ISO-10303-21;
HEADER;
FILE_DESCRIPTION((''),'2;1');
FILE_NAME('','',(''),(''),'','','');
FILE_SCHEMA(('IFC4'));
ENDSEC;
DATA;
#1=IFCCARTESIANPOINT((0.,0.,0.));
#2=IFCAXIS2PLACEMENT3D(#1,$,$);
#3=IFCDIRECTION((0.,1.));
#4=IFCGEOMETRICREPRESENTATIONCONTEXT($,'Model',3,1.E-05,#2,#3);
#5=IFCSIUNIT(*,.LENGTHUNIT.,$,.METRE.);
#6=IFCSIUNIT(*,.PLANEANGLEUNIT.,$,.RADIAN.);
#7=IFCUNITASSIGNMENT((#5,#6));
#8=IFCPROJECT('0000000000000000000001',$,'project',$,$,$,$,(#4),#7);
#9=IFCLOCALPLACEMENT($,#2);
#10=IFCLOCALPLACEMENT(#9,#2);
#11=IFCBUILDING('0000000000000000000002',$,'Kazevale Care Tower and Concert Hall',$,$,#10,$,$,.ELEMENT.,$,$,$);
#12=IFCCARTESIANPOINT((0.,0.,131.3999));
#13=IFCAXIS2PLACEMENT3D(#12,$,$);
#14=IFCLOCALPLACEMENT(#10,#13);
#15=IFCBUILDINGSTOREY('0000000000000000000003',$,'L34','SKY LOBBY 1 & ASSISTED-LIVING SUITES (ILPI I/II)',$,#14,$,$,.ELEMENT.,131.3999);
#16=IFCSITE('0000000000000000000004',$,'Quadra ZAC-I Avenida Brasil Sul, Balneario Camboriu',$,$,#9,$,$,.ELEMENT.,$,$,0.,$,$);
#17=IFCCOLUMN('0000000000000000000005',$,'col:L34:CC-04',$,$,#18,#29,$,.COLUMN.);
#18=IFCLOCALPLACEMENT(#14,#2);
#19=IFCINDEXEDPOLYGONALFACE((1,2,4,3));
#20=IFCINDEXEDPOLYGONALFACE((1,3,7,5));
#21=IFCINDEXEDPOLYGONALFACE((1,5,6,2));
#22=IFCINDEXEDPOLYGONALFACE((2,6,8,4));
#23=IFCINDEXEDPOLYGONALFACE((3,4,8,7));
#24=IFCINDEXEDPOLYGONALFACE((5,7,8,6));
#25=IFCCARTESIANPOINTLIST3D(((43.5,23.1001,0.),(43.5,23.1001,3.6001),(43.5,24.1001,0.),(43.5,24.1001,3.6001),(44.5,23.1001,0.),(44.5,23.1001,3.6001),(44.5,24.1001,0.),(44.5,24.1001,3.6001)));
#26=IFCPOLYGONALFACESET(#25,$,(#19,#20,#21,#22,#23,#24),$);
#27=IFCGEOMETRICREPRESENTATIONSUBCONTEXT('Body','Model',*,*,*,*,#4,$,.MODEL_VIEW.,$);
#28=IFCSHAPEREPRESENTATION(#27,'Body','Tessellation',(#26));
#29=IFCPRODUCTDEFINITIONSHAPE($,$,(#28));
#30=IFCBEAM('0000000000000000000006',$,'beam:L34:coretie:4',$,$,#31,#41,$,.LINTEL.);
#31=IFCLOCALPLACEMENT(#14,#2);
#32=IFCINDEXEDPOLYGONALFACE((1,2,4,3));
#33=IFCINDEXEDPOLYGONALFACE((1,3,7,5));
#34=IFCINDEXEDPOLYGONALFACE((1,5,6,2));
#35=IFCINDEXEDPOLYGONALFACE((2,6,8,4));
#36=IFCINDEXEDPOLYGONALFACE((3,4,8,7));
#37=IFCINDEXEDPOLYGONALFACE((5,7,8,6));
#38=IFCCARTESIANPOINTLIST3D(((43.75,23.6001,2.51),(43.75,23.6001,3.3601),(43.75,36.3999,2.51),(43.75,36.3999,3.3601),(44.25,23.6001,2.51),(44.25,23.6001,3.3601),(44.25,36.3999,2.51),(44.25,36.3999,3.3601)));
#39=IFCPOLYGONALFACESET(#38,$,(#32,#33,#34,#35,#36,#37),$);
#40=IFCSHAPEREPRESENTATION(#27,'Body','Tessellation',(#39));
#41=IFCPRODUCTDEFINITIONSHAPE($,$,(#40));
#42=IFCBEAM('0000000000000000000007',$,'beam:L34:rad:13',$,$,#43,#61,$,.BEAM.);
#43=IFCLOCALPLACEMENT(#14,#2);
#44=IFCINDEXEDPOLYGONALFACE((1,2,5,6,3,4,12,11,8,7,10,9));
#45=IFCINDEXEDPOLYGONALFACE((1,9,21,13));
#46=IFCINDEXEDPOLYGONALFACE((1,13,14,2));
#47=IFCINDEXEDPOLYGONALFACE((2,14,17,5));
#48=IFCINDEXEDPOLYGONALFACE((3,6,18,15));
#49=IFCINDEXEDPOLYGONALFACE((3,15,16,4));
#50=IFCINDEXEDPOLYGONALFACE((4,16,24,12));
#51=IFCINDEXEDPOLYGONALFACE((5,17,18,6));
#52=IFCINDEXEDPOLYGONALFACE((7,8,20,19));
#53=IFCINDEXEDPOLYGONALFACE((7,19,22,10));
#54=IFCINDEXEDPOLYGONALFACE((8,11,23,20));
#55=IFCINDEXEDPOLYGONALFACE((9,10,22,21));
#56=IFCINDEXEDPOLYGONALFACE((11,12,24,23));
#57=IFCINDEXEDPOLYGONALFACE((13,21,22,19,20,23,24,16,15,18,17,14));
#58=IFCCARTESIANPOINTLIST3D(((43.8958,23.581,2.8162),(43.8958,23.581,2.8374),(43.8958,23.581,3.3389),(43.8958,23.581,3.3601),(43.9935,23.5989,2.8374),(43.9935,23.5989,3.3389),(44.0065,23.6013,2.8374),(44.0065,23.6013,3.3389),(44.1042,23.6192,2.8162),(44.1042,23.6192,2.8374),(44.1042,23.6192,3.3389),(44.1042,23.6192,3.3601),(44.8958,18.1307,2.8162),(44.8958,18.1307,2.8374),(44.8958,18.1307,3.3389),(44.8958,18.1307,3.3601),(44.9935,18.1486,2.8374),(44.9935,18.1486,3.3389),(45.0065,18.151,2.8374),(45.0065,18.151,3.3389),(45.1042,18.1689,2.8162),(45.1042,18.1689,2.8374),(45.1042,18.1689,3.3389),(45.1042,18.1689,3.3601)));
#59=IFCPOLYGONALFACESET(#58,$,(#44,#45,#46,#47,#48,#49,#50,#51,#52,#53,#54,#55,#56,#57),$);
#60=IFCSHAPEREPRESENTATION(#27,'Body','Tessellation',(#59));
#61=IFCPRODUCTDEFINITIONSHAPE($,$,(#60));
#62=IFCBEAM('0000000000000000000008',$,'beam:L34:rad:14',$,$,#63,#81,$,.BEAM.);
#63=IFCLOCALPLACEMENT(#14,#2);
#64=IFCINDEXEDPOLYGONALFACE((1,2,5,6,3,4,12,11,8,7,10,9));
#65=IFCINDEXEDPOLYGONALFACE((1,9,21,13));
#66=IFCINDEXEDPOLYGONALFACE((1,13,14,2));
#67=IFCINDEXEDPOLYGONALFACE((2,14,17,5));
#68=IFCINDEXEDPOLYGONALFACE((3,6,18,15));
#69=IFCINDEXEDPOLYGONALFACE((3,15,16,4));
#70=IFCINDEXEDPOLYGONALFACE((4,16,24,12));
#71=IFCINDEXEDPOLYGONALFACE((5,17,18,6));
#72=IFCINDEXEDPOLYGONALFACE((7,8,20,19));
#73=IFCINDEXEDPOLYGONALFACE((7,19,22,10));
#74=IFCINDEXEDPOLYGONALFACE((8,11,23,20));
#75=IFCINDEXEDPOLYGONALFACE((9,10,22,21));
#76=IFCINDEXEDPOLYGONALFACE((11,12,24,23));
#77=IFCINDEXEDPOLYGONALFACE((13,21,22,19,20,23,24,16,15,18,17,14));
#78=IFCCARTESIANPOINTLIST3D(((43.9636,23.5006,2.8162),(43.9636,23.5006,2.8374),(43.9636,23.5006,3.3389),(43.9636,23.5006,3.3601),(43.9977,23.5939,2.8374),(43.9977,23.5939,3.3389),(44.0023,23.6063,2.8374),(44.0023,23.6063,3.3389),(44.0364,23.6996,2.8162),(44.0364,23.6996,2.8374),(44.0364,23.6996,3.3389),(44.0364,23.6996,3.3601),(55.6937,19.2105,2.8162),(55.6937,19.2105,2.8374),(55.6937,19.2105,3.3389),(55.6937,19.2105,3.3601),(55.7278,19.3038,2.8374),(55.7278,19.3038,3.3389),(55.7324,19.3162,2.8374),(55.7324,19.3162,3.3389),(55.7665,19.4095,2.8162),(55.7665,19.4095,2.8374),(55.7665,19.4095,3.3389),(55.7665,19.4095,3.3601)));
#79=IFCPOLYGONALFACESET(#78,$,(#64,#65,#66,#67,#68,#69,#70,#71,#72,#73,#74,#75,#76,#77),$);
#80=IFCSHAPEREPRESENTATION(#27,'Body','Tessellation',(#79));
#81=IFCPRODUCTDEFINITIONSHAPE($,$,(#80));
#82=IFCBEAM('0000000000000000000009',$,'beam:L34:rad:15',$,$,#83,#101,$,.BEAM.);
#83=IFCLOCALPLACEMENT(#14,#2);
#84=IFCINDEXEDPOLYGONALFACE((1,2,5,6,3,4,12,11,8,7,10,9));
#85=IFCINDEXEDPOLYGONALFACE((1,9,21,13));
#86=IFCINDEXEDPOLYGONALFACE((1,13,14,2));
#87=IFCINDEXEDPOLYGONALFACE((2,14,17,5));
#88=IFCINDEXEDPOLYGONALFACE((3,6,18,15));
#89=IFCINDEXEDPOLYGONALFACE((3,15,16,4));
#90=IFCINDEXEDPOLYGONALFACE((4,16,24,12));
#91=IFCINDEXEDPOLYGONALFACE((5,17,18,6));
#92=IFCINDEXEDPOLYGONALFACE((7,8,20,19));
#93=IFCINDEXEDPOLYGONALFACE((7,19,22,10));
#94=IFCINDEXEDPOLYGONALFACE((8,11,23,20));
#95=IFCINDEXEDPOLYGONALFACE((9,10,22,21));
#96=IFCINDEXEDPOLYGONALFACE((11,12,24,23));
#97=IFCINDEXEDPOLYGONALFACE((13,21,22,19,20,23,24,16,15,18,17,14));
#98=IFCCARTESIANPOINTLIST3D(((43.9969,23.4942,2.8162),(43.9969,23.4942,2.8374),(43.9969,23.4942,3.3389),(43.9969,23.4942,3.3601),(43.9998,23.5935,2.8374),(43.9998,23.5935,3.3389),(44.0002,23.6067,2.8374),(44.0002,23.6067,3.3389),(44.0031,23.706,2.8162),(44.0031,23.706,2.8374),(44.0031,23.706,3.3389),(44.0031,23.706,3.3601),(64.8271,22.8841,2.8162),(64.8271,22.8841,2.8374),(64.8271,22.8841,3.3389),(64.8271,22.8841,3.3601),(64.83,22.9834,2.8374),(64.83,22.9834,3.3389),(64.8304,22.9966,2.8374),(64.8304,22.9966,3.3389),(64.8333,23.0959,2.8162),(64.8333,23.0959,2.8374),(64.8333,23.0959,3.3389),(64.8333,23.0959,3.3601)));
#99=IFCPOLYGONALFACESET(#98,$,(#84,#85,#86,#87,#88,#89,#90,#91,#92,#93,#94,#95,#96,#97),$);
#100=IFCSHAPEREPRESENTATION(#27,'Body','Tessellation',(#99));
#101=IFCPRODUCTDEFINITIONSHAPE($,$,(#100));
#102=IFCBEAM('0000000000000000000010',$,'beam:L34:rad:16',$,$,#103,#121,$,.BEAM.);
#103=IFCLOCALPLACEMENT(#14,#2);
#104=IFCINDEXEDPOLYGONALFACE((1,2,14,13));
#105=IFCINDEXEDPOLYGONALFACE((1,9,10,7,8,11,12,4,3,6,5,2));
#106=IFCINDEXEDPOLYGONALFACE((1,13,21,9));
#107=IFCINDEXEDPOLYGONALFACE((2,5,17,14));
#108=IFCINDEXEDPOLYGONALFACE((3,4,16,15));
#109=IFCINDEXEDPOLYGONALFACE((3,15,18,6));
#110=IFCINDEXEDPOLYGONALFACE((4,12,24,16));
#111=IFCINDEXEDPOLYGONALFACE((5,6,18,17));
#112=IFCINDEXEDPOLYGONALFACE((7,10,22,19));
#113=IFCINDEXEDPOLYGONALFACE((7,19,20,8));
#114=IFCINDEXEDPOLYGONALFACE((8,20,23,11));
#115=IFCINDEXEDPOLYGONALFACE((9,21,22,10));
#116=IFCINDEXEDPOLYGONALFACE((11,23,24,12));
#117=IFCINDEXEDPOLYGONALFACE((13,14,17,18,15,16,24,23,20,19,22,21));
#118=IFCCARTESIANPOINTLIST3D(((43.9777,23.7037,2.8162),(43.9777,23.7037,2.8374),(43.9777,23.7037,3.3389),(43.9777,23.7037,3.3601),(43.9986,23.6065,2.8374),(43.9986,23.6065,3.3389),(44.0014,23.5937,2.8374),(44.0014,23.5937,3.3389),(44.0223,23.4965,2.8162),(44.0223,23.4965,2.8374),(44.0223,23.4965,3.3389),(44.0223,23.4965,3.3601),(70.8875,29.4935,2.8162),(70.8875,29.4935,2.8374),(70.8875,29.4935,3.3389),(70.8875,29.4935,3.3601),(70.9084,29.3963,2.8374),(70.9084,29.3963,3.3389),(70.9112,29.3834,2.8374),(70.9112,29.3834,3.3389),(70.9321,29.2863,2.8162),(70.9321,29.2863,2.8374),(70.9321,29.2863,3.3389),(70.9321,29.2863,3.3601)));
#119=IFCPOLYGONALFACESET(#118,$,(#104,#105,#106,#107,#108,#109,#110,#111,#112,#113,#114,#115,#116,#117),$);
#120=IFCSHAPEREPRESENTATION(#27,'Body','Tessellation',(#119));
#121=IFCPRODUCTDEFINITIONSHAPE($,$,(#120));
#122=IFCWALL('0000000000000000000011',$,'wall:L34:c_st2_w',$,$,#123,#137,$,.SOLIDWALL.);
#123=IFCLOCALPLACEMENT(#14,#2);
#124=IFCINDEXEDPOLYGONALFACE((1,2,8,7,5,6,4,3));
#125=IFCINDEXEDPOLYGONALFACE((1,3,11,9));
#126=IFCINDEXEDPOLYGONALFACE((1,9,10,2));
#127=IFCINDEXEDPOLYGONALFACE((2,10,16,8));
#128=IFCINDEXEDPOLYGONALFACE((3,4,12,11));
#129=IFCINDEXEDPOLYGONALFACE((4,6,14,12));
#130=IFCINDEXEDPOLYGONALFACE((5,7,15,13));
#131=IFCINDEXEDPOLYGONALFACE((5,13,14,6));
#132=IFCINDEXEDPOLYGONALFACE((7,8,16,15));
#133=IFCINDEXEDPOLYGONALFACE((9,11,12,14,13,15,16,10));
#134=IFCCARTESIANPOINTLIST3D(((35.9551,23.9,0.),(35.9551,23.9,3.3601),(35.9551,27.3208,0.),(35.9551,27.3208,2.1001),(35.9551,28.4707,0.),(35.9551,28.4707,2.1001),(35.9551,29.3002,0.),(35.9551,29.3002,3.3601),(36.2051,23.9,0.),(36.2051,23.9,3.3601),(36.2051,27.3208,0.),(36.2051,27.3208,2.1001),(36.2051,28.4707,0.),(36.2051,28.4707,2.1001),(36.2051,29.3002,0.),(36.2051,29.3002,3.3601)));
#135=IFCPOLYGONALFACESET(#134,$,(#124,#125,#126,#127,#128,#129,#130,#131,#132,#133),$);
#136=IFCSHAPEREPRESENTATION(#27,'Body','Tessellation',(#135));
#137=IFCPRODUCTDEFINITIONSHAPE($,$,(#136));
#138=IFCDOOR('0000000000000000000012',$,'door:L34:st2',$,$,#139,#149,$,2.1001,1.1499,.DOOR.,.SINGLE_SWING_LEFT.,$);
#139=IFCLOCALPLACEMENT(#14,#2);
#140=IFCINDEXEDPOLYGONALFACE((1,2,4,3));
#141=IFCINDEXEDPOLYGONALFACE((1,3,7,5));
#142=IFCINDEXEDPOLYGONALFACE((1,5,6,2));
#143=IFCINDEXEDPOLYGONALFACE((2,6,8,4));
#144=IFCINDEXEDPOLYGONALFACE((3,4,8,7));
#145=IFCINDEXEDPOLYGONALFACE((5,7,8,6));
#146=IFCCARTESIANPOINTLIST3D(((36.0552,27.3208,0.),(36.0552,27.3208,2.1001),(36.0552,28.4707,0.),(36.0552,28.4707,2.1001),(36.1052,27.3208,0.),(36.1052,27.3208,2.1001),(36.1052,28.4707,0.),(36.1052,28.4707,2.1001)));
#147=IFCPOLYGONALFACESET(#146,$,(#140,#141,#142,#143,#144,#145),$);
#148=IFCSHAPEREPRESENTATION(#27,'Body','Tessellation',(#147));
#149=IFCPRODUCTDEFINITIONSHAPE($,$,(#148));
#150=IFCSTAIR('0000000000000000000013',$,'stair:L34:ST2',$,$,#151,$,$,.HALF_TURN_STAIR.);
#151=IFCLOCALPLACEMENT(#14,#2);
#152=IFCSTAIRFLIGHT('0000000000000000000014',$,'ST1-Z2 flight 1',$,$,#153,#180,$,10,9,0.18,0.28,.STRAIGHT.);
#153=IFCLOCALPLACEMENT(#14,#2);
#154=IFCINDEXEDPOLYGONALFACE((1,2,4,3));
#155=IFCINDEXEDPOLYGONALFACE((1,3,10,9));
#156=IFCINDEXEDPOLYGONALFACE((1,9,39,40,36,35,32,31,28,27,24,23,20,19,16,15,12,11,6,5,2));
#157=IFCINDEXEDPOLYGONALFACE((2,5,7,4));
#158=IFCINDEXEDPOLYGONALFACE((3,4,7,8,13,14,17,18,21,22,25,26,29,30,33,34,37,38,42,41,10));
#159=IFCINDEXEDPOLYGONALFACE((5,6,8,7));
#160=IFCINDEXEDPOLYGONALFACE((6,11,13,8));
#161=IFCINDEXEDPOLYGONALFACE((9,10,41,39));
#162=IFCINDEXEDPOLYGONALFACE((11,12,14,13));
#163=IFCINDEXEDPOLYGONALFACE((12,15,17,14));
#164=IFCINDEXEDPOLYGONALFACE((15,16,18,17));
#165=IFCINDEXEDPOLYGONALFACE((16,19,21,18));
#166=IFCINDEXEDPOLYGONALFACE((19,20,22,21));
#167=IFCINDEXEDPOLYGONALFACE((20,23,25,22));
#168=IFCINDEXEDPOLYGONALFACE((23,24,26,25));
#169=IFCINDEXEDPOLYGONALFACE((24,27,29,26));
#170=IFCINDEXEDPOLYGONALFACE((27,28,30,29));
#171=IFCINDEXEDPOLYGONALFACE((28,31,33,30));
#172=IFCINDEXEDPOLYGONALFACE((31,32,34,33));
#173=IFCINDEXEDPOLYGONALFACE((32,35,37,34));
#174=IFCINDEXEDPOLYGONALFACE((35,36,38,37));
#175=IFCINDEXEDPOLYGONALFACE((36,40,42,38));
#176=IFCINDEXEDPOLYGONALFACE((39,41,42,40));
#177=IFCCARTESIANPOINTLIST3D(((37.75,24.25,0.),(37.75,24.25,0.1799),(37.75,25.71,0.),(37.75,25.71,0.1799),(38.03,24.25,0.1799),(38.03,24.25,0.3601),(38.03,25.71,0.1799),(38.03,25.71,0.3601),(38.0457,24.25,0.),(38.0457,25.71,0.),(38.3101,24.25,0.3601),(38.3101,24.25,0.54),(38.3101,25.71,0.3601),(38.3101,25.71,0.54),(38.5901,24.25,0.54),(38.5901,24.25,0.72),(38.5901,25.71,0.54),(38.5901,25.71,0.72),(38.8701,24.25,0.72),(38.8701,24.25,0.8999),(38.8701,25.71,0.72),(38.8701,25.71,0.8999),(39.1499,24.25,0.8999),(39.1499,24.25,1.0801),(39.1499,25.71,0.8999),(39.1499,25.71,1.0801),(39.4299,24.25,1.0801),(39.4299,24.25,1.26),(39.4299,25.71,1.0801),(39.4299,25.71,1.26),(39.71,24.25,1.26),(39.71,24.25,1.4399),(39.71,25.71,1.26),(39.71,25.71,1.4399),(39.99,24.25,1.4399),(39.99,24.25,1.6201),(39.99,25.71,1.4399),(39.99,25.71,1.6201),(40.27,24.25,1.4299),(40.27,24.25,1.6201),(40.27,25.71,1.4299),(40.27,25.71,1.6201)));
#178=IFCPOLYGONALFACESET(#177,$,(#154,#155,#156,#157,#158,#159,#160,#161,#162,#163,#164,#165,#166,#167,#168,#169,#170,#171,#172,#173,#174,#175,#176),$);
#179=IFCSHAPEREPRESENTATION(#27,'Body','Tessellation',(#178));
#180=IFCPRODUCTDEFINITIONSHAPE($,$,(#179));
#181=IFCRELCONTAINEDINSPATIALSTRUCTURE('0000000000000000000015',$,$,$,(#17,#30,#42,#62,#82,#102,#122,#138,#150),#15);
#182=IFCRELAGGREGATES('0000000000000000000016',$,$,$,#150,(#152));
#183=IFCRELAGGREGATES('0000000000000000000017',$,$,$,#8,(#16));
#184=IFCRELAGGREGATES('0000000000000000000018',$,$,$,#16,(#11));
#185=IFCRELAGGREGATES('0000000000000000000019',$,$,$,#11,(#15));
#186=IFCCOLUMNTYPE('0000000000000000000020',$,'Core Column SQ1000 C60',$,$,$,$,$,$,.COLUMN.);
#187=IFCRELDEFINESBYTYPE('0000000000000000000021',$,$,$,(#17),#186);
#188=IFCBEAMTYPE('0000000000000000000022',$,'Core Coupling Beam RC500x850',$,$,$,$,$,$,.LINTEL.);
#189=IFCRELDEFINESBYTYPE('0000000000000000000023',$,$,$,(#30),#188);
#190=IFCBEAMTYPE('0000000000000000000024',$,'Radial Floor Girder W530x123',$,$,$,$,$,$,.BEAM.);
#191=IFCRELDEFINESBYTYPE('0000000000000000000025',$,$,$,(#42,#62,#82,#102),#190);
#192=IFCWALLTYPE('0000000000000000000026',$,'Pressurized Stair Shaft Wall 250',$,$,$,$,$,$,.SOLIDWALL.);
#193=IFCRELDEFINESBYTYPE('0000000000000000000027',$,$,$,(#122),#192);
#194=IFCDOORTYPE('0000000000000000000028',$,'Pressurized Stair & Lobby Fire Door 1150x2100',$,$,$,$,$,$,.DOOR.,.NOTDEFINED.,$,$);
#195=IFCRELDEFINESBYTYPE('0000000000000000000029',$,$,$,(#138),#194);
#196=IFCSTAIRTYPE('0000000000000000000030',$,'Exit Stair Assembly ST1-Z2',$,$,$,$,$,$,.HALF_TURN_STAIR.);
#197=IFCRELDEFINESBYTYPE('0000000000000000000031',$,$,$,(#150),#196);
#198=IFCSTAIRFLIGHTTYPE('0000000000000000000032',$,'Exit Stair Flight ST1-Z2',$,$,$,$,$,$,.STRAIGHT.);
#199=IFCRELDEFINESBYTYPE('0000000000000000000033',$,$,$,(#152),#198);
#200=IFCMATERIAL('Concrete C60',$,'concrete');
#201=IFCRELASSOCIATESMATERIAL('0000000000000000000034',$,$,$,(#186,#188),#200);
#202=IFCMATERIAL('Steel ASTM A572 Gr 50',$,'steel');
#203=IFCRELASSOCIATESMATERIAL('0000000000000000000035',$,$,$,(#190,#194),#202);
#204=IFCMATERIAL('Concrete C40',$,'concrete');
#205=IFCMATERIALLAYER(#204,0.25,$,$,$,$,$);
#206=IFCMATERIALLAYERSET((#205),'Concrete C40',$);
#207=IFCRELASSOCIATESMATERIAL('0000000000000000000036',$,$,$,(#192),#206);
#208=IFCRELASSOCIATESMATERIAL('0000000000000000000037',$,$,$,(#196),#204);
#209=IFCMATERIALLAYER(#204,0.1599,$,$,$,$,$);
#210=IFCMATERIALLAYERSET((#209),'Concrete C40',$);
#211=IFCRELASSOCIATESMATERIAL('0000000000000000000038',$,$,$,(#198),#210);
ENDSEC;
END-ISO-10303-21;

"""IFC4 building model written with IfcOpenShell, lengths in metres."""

from ifc_helpers import new_model, si_unit, direction, frame, frame_2d, origin, origin_2d, place, context, subcontext, project, spatial, polyline, rectangle, i_section, outline, extrude, material, layer, layer_set, material_profile, profile_set, type_object, element, fill, aggregate, save


model = new_model("IFC4")

# Units and contexts
model_context = context("Model", 3, precision=1e-05, world=origin(), true_north=direction((0.0, 1.0)))
body_context = subcontext(model_context, "Body", "Model", "MODEL_VIEW")
ifc_project = project(units=[si_unit("LENGTHUNIT", "METRE"), si_unit("PLANEANGLEUNIT", "RADIAN")], contexts=[model_context])

# Site, building, storey
site_placement = place(None, origin())
site = spatial("IfcSite", under=ifc_project, at=site_placement, Name="Quadra ZAC-I Avenida Brasil Sul, Balneario Camboriu", CompositionType="ELEMENT", RefElevation=0.0)
building_placement = place(site_placement, origin())
building = spatial("IfcBuilding", under=site, at=building_placement, Name="Kazevale Care Tower and Concert Hall", CompositionType="ELEMENT")
storey_placement = place(building_placement, frame((0.0, 0.0, 131.3999)))
storey = spatial("IfcBuildingStorey", under=building, at=storey_placement, Name="L34", Description="SKY LOBBY 1 & ASSISTED-LIVING SUITES (ILPI I/II)", CompositionType="ELEMENT", Elevation=131.3999)

# Column
ifc_material_1 = material(Name="Concrete C60", Category="concrete")
ifc_material_profile_1 = material_profile(ifc_material_1, rectangle(XDim=1.0, YDim=1.0, at=origin_2d()), Name="RC-SQ1000")
ifc_profile_set_1 = profile_set([ifc_material_profile_1], Name="Concrete C60")
column_type = type_object("IfcColumnType", Name="Core Column SQ1000 C60", PredefinedType="COLUMN", material=ifc_profile_set_1)
column_placement = place(storey_placement, frame((44.0, 23.6001, 0.0), z_axis=(0.0, 0.0, 1.0), x_axis=(1.0, 0.0, 0.0)))
element("IfcColumn", 1, at=column_placement, inside=storey, type_object=column_type, Name="col:L34:CC-04", PredefinedType="COLUMN", context=body_context, shape_type="SweptSolid", body=[
    extrude(rectangle(XDim=1.0, YDim=1.0, at=origin_2d()), origin(), (0.0, 0.0, 1.0), 3.6001),
])

# Beams
ifc_material_profile_2 = material_profile(ifc_material_1, rectangle(XDim=0.5, YDim=0.8501, at=origin_2d()), Name="RC-B500x850")
ifc_profile_set_2 = profile_set([ifc_material_profile_2], Name="Concrete C60")
beam_type_1 = type_object("IfcBeamType", Name="Core Coupling Beam RC500x850", PredefinedType="LINTEL", material=ifc_profile_set_2)
beam_1_placement = place(storey_placement, frame((44.0, 23.6001, 2.9351), z_axis=(0.0, 1.0, 0.0), x_axis=(-1.0, 0.0, 0.0)))
element("IfcBeam", 2, at=beam_1_placement, inside=storey, type_object=beam_type_1, Name="beam:L34:coretie:4", PredefinedType="LINTEL", context=body_context, shape_type="SweptSolid", body=[
    extrude(rectangle(XDim=0.5, YDim=0.8501, at=origin_2d()), origin(), (0.0, 0.0, 1.0), 12.7998),
])
ifc_material_2 = material(Name="Steel ASTM A572 Gr 50", Category="steel")
ifc_material_profile_3 = material_profile(ifc_material_2, i_section(OverallWidth=0.2119, OverallDepth=0.5439, WebThickness=0.0132, FlangeThickness=0.0212, at=origin_2d()), Name="W530x123")
ifc_profile_set_3 = profile_set([ifc_material_profile_3], Name="Steel ASTM A572 Gr 50")
beam_type_2 = type_object("IfcBeamType", Name="Radial Floor Girder W530x123", PredefinedType="BEAM", material=ifc_profile_set_3)
beam_2_placement = place(storey_placement, frame((44.0, 23.6001, 3.0881), z_axis=(0.180467, -0.983581, 0.0), x_axis=(0.983581, 0.180467, 0.0)))
element("IfcBeam", 3, at=beam_2_placement, inside=storey, type_object=beam_type_2, Name="beam:L34:rad:13", PredefinedType="BEAM", context=body_context, shape_type="SweptSolid", body=[
    extrude(i_section(OverallWidth=0.2119, OverallDepth=0.5439, WebThickness=0.0132, FlangeThickness=0.0212, at=origin_2d()), origin(), (0.0, 0.0, 1.0), 5.5413),
])
beam_3_placement = place(storey_placement, frame((44.0, 23.6001, 3.0881), z_axis=(0.939159, -0.343481, 0.0), x_axis=(0.343481, 0.939159, 0.0)))
element("IfcBeam", 4, at=beam_3_placement, inside=storey, type_object=beam_type_2, Name="beam:L34:rad:14", PredefinedType="BEAM", context=body_context, shape_type="SweptSolid", body=[
    extrude(i_section(OverallWidth=0.2119, OverallDepth=0.5439, WebThickness=0.0132, FlangeThickness=0.0212, at=origin_2d()), origin(), (0.0, 0.0, 1.0), 12.49),
])
beam_4_placement = place(storey_placement, frame((44.0, 23.6001, 3.0881), z_axis=(0.999571, -0.029277, 0.0), x_axis=(0.029277, 0.999571, 0.0)))
element("IfcBeam", 5, at=beam_4_placement, inside=storey, type_object=beam_type_2, Name="beam:L34:rad:15", PredefinedType="BEAM", context=body_context, shape_type="SweptSolid", body=[
    extrude(i_section(OverallWidth=0.2119, OverallDepth=0.5439, WebThickness=0.0132, FlangeThickness=0.0212, at=origin_2d()), origin(), (0.0, 0.0, 1.0), 20.8391),
])
beam_5_placement = place(storey_placement, frame((44.0, 23.6001, 3.0881), z_axis=(0.977628, 0.210341, 0.0), x_axis=(-0.210341, 0.977628, 0.0)))
element("IfcBeam", 6, at=beam_5_placement, inside=storey, type_object=beam_type_2, Name="beam:L34:rad:16", PredefinedType="BEAM", context=body_context, shape_type="SweptSolid", body=[
    extrude(i_section(OverallWidth=0.2119, OverallDepth=0.5439, WebThickness=0.0132, FlangeThickness=0.0212, at=origin_2d()), origin(), (0.0, 0.0, 1.0), 27.5256),
])

# Wall, opening, door
ifc_material_3 = material(Name="Concrete C40", Category="concrete")
ifc_layer_1 = layer(ifc_material_3, 0.25)
ifc_layer_set_1 = layer_set([ifc_layer_1], Name="Concrete C40")
wall_type_1 = type_object("IfcWallType", Name="Pressurized Stair Shaft Wall 250", PredefinedType="SOLIDWALL", material=ifc_layer_set_1)
wall_1_placement = place(storey_placement, frame((36.0801, 23.8999, 0.0), z_axis=(0.0, 0.0, 1.0), x_axis=(0.0, 1.0, 0.0)))
wall_1 = element("IfcWall", 7, at=wall_1_placement, inside=storey, type_object=wall_type_1, Name="wall:L34:c_st2_w", PredefinedType="SOLIDWALL", context=body_context, shape_type="SweptSolid", body=[
    extrude(rectangle(XDim=5.4001, YDim=0.25, at=frame_2d((2.7002, 0.0))), origin(), (0.0, 0.0, 1.0), 3.3601),
])
opening_1_placement = place(wall_1_placement, frame((3.4209, 0.0, 0.0)))
opening_1 = element("IfcOpeningElement", 8, at=opening_1_placement, cuts=wall_1, PredefinedType="OPENING", context=body_context, shape_type="SweptSolid", body=[
    extrude(rectangle(XDim=1.1499, YDim=2.1001, at=frame_2d((0.575, 1.05))), frame((0.0, 0.135, 0.0), z_axis=(0.0, -1.0, 0.0), x_axis=(1.0, 0.0, 0.0)), (0.0, 0.0, 1.0), 0.27),
])
door_type_1 = type_object("IfcDoorType", Name="Pressurized Stair & Lobby Fire Door 1150x2100", OperationType="NOTDEFINED", PredefinedType="DOOR", material=ifc_material_2)
door_1_placement = place(opening_1_placement, origin())
door_1 = element("IfcDoor", 9, at=door_1_placement, inside=storey, type_object=door_type_1, Name="door:L34:st2", OperationType="SINGLE_SWING_LEFT", OverallHeight=2.1001, OverallWidth=1.1499, PredefinedType="DOOR", context=body_context, shape_type="SweptSolid", body=[
    extrude(rectangle(XDim=1.1499, YDim=2.1001, at=frame_2d((0.575, 1.05))), frame((0.0, 0.0249, 0.0), z_axis=(0.0, -1.0, 0.0), x_axis=(1.0, 0.0, 0.0)), (0.0, 0.0, 1.0), 0.05),
])
fill(opening_1, door_1)

# Stair, stair flight
stair_type = type_object("IfcStairType", Name="Exit Stair Assembly ST1-Z2", PredefinedType="HALF_TURN_STAIR", material=ifc_material_3)
stair_placement = place(storey_placement, origin())
stair = element("IfcStair", 10, at=stair_placement, inside=storey, type_object=stair_type, Name="stair:L34:ST2", PredefinedType="HALF_TURN_STAIR")
ifc_layer_2 = layer(ifc_material_3, 0.1599)
ifc_layer_set_2 = layer_set([ifc_layer_2], Name="Concrete C40")
stair_flight_type = type_object("IfcStairFlightType", Name="Exit Stair Flight ST1-Z2", PredefinedType="STRAIGHT", material=ifc_layer_set_2)
stair_flight_1_placement = place(storey_placement, frame((37.75, 24.98, 0.0), z_axis=(0.0, 0.0, 1.0), x_axis=(1.0, 0.0, 0.0)))
stair_flight_1 = element("IfcStairFlight", 11, at=stair_flight_1_placement, type_object=stair_flight_type, Name="ST1-Z2 flight 1", NumberOfRisers=10, NumberOfTreads=9, PredefinedType="STRAIGHT", RiserHeight=0.18, TreadLength=0.28, context=body_context, shape_type="SweptSolid", body=[
    extrude(outline(polyline([(0.0, 0.0), (0.0, 0.1799), (0.28, 0.1799), (0.28, 0.3601), (0.5601, 0.3601), (0.5601, 0.54), (0.8401, 0.54), (0.8401, 0.72), (1.1201, 0.72), (1.1201, 0.8999), (1.3999, 0.8999), (1.3999, 1.0801), (1.6799, 1.0801), (1.6799, 1.26), (1.96, 1.26), (1.96, 1.4399), (2.24, 1.4399), (2.24, 1.6201), (2.52, 1.6201), (2.52, 1.8), (2.52, 1.4299), (0.2957, 0.0), (0.0, 0.0)])), frame((0.0, 0.73, 0.0), z_axis=(0.0, -1.0, 0.0), x_axis=(1.0, 0.0, 0.0)), (0.0, 0.0, 1.0), 1.46),
])
aggregate(stair, [stair_flight_1])

save(model, "model.ifc")
